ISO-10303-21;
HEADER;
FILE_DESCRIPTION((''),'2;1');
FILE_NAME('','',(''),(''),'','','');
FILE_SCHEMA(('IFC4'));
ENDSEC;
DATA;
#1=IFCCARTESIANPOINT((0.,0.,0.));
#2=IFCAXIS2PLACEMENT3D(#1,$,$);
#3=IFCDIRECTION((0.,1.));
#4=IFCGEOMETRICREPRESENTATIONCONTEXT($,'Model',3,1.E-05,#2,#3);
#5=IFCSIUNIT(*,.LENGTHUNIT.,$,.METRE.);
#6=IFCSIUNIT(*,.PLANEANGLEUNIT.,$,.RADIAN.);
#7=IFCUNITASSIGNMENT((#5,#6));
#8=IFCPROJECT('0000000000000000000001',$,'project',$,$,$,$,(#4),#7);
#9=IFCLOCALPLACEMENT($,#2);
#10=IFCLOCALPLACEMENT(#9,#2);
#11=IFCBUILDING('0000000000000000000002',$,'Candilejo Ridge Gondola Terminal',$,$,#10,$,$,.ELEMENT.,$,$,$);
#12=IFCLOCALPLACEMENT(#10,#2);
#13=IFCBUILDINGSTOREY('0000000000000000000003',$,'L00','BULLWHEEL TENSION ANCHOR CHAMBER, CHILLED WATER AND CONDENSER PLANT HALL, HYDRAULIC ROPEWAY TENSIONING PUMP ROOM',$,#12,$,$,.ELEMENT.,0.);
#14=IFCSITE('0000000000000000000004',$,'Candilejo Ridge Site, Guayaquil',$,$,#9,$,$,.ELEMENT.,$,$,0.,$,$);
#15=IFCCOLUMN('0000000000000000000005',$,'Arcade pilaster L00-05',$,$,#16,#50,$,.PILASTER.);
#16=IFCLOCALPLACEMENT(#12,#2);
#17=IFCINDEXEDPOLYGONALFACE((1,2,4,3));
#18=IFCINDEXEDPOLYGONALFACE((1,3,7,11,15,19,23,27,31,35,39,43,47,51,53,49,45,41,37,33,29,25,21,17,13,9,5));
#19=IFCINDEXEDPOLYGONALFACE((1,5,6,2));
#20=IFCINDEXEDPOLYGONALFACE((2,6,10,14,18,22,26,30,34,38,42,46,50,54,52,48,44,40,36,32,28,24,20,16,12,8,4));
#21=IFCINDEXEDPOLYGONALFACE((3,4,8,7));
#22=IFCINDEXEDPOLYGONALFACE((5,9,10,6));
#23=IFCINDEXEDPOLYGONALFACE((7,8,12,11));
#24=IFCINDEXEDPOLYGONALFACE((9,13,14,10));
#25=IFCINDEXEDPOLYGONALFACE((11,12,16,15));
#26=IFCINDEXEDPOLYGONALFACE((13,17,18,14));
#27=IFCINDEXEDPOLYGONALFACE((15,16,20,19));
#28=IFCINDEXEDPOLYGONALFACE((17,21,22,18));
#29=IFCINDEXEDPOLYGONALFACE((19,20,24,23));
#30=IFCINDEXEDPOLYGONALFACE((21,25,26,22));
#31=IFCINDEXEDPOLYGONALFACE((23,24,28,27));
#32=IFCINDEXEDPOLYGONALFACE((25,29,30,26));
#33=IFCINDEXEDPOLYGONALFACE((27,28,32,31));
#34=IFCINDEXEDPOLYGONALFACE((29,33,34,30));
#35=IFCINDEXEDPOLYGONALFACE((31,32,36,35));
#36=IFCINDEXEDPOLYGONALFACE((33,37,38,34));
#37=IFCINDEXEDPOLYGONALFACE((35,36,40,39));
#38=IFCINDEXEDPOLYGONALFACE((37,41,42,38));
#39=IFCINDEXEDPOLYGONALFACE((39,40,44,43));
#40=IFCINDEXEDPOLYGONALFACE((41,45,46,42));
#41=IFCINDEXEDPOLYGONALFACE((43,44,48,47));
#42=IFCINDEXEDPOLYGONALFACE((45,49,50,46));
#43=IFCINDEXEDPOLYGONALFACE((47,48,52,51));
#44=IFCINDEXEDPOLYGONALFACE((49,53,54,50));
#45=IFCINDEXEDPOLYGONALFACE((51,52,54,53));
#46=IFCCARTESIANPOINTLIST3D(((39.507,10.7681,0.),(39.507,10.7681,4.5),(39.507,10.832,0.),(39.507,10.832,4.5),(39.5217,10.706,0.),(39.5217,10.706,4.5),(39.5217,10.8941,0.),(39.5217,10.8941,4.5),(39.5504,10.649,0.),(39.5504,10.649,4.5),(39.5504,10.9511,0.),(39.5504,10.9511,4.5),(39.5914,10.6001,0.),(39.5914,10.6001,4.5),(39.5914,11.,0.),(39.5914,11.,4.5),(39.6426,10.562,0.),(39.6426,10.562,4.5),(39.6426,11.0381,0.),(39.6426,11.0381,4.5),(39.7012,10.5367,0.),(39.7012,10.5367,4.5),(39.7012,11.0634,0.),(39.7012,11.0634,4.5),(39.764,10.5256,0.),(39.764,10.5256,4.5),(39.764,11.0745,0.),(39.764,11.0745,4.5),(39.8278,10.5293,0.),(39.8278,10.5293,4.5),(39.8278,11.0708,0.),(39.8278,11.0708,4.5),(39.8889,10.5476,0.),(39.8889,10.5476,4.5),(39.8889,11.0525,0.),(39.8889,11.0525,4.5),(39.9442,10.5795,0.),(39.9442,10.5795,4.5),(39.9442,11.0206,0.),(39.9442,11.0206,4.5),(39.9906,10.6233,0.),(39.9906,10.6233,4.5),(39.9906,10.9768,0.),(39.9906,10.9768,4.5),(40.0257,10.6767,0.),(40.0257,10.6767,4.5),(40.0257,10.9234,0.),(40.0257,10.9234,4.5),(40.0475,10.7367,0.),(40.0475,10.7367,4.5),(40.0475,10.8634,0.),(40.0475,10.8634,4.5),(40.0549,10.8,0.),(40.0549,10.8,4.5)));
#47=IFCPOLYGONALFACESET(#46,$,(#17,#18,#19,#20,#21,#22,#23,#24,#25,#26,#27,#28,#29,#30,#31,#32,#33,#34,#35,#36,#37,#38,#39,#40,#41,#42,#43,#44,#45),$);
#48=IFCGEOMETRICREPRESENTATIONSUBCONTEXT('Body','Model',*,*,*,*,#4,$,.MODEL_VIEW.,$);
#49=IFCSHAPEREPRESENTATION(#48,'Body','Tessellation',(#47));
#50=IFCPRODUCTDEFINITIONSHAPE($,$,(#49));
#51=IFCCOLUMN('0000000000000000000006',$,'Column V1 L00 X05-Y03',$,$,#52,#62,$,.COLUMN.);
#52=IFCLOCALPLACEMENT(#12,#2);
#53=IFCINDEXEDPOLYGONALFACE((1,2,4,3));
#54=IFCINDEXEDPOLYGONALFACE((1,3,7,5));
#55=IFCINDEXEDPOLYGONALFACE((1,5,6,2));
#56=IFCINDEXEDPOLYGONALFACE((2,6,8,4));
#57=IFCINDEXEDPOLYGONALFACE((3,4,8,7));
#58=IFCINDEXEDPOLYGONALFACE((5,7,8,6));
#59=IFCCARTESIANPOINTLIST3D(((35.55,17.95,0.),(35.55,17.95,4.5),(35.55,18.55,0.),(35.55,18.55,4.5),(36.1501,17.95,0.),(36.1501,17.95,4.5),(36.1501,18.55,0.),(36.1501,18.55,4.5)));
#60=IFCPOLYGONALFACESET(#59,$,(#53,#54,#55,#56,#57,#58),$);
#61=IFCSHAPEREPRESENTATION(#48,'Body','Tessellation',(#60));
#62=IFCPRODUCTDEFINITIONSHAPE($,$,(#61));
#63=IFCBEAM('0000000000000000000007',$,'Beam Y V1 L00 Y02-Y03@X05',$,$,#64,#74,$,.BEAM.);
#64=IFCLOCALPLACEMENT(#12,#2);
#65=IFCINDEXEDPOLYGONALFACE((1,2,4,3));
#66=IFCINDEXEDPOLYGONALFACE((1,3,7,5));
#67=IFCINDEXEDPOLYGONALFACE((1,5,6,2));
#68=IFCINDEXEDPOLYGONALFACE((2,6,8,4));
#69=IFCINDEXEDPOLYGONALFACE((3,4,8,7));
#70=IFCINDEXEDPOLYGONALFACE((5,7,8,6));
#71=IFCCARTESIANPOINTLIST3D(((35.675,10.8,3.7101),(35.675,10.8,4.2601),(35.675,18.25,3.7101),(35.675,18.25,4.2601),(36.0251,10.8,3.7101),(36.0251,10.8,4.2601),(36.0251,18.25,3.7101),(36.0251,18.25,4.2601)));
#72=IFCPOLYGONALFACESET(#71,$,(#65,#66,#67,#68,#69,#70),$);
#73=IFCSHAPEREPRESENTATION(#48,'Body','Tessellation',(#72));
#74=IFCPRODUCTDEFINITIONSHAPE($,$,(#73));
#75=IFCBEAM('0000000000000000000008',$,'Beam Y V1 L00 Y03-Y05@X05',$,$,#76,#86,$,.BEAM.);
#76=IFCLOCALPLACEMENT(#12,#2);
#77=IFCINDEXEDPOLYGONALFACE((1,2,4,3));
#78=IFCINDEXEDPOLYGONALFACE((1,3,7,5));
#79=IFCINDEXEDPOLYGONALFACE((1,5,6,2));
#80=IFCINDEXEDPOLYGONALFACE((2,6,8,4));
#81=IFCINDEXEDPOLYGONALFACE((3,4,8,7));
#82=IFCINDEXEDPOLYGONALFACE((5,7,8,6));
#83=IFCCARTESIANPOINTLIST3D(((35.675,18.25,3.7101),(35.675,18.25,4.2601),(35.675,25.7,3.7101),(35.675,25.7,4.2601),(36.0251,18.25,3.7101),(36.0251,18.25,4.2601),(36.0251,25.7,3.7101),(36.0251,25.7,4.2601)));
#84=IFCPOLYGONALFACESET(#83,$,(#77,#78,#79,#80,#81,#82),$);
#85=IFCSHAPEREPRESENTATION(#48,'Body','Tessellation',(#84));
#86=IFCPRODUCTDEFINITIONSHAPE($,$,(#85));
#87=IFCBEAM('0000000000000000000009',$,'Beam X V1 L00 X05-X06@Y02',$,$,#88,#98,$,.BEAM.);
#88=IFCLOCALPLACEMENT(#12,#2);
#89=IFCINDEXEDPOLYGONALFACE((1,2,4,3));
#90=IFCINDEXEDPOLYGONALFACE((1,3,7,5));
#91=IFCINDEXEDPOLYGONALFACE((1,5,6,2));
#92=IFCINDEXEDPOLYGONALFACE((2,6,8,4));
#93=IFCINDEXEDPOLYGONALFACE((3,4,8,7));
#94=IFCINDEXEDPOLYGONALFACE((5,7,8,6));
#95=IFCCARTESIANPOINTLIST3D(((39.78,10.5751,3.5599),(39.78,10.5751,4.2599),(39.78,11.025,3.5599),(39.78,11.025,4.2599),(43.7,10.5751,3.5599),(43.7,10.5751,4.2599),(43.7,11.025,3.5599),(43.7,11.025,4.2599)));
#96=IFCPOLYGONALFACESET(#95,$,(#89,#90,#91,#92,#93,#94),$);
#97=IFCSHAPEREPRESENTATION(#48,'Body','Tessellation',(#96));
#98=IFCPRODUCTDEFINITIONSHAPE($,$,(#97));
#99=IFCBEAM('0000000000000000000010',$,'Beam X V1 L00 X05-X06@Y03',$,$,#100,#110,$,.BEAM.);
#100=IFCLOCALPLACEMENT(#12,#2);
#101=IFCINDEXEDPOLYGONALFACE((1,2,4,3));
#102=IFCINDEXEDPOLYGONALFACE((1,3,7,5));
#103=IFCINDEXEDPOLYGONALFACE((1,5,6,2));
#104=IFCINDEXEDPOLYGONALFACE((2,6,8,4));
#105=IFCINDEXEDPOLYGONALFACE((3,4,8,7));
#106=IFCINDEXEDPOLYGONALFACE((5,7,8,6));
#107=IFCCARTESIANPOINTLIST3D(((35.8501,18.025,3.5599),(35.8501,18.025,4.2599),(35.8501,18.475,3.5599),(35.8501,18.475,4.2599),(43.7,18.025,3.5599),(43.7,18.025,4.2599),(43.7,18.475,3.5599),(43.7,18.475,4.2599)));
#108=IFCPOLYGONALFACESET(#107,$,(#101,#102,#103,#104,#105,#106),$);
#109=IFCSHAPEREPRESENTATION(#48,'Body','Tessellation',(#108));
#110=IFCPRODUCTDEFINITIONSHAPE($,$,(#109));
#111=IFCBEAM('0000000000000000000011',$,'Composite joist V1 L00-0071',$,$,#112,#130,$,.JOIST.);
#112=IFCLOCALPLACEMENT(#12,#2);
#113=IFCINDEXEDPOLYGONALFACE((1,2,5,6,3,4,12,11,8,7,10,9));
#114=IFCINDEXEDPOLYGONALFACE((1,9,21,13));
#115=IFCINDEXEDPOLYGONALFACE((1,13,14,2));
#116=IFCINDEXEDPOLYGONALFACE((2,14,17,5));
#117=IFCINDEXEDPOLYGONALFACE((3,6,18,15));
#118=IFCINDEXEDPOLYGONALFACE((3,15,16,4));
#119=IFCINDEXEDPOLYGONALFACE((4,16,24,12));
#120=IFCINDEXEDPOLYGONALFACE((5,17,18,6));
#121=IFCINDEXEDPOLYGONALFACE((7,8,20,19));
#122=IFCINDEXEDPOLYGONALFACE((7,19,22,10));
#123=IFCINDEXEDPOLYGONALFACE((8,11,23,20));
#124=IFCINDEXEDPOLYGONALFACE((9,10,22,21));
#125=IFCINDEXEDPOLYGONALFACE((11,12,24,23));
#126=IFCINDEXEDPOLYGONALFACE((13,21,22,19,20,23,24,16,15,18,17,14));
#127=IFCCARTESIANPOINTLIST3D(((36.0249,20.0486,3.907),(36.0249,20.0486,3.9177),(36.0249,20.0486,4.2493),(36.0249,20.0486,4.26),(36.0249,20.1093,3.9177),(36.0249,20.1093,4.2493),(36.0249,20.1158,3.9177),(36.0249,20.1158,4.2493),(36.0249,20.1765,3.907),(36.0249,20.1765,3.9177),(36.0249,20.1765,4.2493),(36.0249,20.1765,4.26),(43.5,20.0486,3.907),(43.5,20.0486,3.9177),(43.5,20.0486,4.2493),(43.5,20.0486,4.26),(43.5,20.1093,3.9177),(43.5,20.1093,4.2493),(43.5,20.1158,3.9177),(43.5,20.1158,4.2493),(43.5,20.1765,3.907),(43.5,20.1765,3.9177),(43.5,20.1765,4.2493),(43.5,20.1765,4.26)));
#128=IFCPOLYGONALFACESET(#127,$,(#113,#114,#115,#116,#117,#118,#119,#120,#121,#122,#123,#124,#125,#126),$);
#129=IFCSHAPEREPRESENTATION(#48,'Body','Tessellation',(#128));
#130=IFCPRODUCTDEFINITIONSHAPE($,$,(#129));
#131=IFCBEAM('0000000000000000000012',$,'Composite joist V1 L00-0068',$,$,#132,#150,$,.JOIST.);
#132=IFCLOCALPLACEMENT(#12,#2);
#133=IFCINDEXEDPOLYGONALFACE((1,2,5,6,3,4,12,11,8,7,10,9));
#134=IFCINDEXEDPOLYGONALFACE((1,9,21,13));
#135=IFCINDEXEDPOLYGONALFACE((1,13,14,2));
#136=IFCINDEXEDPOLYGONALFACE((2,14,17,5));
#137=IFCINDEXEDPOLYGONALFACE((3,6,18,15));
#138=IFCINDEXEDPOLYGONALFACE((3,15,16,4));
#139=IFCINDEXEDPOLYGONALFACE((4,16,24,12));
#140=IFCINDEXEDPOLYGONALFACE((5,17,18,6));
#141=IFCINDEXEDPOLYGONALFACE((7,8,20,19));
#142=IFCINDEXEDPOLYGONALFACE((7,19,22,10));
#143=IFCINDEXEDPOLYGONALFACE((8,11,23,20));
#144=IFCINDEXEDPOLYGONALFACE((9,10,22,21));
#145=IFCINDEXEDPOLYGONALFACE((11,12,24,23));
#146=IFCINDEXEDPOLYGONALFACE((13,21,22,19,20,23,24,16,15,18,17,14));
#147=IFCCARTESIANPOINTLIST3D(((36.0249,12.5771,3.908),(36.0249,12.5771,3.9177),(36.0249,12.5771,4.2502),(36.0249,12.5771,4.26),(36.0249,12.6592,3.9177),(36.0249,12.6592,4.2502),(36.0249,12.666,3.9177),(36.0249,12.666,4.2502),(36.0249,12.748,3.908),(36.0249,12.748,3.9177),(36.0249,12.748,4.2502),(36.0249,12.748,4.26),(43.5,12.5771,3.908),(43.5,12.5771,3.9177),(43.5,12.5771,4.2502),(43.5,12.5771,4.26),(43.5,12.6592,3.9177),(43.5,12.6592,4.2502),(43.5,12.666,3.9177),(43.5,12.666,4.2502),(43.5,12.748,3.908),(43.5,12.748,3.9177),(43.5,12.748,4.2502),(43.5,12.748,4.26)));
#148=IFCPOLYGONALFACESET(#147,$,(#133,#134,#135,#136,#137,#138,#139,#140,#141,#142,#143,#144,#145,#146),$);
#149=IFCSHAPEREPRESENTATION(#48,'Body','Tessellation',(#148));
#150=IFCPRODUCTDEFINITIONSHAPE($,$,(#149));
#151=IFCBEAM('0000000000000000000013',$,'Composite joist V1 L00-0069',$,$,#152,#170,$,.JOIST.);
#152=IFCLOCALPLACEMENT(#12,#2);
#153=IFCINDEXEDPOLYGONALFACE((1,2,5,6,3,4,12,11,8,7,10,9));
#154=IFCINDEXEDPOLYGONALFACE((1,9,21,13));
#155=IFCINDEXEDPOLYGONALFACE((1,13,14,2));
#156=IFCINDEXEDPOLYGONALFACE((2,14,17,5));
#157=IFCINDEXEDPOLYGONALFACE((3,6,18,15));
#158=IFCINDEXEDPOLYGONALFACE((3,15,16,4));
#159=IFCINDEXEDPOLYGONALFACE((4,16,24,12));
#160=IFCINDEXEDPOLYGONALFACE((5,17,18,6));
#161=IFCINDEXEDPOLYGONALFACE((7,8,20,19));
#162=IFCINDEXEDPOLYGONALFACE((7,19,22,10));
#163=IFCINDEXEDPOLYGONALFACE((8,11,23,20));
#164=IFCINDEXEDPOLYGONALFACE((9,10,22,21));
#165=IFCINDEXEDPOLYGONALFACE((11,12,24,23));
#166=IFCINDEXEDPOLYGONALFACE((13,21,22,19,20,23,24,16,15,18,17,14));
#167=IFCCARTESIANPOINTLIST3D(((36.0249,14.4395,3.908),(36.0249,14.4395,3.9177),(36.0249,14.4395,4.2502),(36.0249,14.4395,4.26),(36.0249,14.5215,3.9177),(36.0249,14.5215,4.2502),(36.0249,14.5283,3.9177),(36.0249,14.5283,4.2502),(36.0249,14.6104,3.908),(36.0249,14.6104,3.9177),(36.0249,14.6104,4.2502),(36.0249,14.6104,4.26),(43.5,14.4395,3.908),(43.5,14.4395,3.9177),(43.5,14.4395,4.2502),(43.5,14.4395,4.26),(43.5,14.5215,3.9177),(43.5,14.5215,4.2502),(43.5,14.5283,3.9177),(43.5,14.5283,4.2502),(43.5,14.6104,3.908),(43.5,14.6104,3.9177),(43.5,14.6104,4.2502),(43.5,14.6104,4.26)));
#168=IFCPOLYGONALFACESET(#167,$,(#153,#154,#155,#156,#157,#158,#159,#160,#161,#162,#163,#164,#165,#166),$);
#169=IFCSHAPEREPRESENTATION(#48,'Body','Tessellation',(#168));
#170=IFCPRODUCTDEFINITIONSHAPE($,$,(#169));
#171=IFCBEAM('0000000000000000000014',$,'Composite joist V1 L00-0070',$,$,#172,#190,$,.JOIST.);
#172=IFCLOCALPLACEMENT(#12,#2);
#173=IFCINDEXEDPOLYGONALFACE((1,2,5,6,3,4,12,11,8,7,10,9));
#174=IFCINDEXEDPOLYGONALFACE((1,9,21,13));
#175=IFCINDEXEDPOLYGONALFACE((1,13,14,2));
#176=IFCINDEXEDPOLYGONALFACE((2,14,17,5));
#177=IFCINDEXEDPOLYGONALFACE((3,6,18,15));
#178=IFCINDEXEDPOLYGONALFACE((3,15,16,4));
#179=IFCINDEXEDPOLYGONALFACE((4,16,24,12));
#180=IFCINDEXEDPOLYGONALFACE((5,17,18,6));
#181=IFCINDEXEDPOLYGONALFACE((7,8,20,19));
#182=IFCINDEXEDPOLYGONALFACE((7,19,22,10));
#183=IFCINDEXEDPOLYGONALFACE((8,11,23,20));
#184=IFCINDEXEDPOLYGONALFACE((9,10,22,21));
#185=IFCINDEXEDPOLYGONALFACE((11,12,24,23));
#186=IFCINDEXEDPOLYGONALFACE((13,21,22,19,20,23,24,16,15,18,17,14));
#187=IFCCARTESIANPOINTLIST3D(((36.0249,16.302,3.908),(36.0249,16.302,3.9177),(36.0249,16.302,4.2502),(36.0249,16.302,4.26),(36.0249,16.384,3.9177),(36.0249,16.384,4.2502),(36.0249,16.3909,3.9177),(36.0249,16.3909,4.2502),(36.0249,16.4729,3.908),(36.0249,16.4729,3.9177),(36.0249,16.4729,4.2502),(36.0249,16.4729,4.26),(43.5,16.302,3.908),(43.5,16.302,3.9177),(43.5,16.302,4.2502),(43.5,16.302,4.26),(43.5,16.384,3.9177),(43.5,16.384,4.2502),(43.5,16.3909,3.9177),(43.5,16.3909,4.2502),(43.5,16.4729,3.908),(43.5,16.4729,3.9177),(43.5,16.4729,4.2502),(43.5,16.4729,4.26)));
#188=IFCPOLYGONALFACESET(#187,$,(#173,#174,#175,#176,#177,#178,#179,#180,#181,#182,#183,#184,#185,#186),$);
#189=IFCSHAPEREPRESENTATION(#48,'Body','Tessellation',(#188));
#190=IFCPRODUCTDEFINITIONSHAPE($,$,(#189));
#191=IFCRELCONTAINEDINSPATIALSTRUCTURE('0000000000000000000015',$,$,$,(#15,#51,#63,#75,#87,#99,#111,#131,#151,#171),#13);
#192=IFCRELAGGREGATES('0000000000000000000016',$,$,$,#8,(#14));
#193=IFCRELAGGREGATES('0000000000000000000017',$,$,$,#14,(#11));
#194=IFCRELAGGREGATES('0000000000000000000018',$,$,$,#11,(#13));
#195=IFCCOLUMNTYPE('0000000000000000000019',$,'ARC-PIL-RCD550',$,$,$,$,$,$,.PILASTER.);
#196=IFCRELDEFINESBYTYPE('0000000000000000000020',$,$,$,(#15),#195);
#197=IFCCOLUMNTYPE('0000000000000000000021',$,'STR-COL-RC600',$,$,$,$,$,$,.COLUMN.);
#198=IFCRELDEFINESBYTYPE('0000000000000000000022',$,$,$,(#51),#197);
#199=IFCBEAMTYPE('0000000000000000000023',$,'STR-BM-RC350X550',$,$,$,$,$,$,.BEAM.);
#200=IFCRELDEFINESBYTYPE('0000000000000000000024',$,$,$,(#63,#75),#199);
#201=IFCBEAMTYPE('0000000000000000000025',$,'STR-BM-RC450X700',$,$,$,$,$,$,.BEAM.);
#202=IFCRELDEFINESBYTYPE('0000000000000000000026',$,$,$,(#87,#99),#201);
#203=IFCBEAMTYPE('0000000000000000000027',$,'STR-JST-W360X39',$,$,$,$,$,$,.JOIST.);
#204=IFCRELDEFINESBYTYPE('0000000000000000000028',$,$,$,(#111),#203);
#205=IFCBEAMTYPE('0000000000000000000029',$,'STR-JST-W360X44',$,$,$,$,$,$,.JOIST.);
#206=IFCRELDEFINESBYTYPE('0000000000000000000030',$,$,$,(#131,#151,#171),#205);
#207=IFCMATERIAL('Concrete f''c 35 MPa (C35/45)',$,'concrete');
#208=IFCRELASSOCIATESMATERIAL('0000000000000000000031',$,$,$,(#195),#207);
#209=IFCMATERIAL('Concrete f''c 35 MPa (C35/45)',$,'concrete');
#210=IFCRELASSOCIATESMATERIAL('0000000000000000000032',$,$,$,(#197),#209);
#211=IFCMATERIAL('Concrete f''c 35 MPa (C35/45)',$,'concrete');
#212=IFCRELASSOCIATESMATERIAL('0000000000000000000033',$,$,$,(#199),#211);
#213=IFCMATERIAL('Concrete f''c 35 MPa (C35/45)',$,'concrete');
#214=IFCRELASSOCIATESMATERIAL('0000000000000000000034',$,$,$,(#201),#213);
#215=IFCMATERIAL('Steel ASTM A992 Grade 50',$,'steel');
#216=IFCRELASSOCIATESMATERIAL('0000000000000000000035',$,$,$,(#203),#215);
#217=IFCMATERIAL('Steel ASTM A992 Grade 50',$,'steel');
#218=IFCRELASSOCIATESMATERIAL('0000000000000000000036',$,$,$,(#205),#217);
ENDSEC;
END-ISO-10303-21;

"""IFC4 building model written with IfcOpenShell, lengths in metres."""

from ifc_helpers import new_model, si_unit, direction, frame, origin, origin_2d, place, context, subcontext, project, spatial, rectangle, circle, i_section, extrude, material, material_profile, profile_set, type_object, element, save


model = new_model("IFC4")

# Units and contexts
model_context = context("Model", 3, precision=1e-05, world=origin(), true_north=direction((0.0, 1.0)))
body_context = subcontext(model_context, "Body", "Model", "MODEL_VIEW")
ifc_project = project(units=[si_unit("LENGTHUNIT", "METRE"), si_unit("PLANEANGLEUNIT", "RADIAN")], contexts=[model_context])

# Site, building, storey
site_placement = place(None, origin())
site = spatial("IfcSite", under=ifc_project, at=site_placement, Name="Candilejo Ridge Site, Guayaquil", CompositionType="ELEMENT", RefElevation=0.0)
building_placement = place(site_placement, origin())
building = spatial("IfcBuilding", under=site, at=building_placement, Name="Candilejo Ridge Gondola Terminal", CompositionType="ELEMENT")
storey_placement = place(building_placement, origin())
storey = spatial("IfcBuildingStorey", under=building, at=storey_placement, Name="L00", Description="BULLWHEEL TENSION ANCHOR CHAMBER, CHILLED WATER AND CONDENSER PLANT HALL, HYDRAULIC ROPEWAY TENSIONING PUMP ROOM", CompositionType="ELEMENT", Elevation=0.0)

# Columns
ifc_material_1 = material(Name="Concrete f'c 35 MPa (C35/45)", Category="concrete")
ifc_material_profile_1 = material_profile(ifc_material_1, circle(Radius=0.2749, at=origin_2d()))
ifc_profile_set_1 = profile_set([ifc_material_profile_1], Name="Concrete f'c 35 MPa (C35/45)")
column_type_1 = type_object("IfcColumnType", Name="ARC-PIL-RCD550", PredefinedType="PILASTER", material=ifc_profile_set_1)
column_1_placement = place(storey_placement, frame((39.78, 10.8, 0.0), z_axis=(0.0, 0.0, 1.0), x_axis=(1.0, 0.0, 0.0)))
element("IfcColumn", 1, at=column_1_placement, inside=storey, type_object=column_type_1, Name="Arcade pilaster L00-05", PredefinedType="PILASTER", context=body_context, shape_type="SweptSolid", body=[
    extrude(circle(Radius=0.2749, at=origin_2d()), origin(), (0.0, 0.0, 1.0), 4.5),
])
ifc_material_2 = material(Name="Concrete f'c 35 MPa (C35/45)", Category="concrete")
ifc_material_profile_2 = material_profile(ifc_material_2, rectangle(XDim=0.6001, YDim=0.6001, at=origin_2d()))
ifc_profile_set_2 = profile_set([ifc_material_profile_2], Name="Concrete f'c 35 MPa (C35/45)")
column_type_2 = type_object("IfcColumnType", Name="STR-COL-RC600", PredefinedType="COLUMN", material=ifc_profile_set_2)
column_2_placement = place(storey_placement, frame((35.8501, 18.25, 0.0), z_axis=(0.0, 0.0, 1.0), x_axis=(1.0, 0.0, 0.0)))
element("IfcColumn", 2, at=column_2_placement, inside=storey, type_object=column_type_2, Name="Column V1 L00 X05-Y03", PredefinedType="COLUMN", context=body_context, shape_type="SweptSolid", body=[
    extrude(rectangle(XDim=0.6001, YDim=0.6001, at=origin_2d()), origin(), (0.0, 0.0, 1.0), 4.5),
])

# Beams
ifc_material_3 = material(Name="Concrete f'c 35 MPa (C35/45)", Category="concrete")
ifc_material_profile_3 = material_profile(ifc_material_3, rectangle(XDim=0.3501, YDim=0.55, at=origin_2d()))
ifc_profile_set_3 = profile_set([ifc_material_profile_3], Name="Concrete f'c 35 MPa (C35/45)")
beam_type_1 = type_object("IfcBeamType", Name="STR-BM-RC350X550", PredefinedType="BEAM", material=ifc_profile_set_3)
for number, where, z_axis, x_axis, name in (
    (3, (35.8501, 10.8, 3.9851), (0.0, 1.0, 0.0), (-1.0, 0.0, 0.0), "Beam Y V1 L00 Y02-Y03@X05"),
    (4, (35.8501, 18.25, 3.9851), (0.0, 1.0, 0.0), (-1.0, 0.0, 0.0), "Beam Y V1 L00 Y03-Y05@X05"),
):
    element("IfcBeam", number, at=place(storey_placement, frame(where, z_axis=z_axis, x_axis=x_axis)), inside=storey, type_object=beam_type_1, Name=name, PredefinedType="BEAM", context=body_context, shape_type="SweptSolid", body=[
        extrude(rectangle(XDim=0.3501, YDim=0.55, at=origin_2d()), origin(), (0.0, 0.0, 1.0), 7.45),
    ])
ifc_material_4 = material(Name="Concrete f'c 35 MPa (C35/45)", Category="concrete")
ifc_material_profile_4 = material_profile(ifc_material_4, rectangle(XDim=0.45, YDim=0.7, at=origin_2d()))
ifc_profile_set_4 = profile_set([ifc_material_profile_4], Name="Concrete f'c 35 MPa (C35/45)")
beam_type_2 = type_object("IfcBeamType", Name="STR-BM-RC450X700", PredefinedType="BEAM", material=ifc_profile_set_4)
beam_1_placement = place(storey_placement, frame((39.78, 10.8, 3.9099), z_axis=(1.0, 0.0, 0.0), x_axis=(0.0, 1.0, 0.0)))
element("IfcBeam", 5, at=beam_1_placement, inside=storey, type_object=beam_type_2, Name="Beam X V1 L00 X05-X06@Y02", PredefinedType="BEAM", context=body_context, shape_type="SweptSolid", body=[
    extrude(rectangle(XDim=0.45, YDim=0.7, at=origin_2d()), origin(), (0.0, 0.0, 1.0), 3.9199),
])
beam_2_placement = place(storey_placement, frame((35.8501, 18.25, 3.9099), z_axis=(1.0, 0.0, 0.0), x_axis=(0.0, 1.0, 0.0)))
element("IfcBeam", 6, at=beam_2_placement, inside=storey, type_object=beam_type_2, Name="Beam X V1 L00 X05-X06@Y03", PredefinedType="BEAM", context=body_context, shape_type="SweptSolid", body=[
    extrude(rectangle(XDim=0.45, YDim=0.7, at=origin_2d()), origin(), (0.0, 0.0, 1.0), 7.8499),
])
ifc_material_5 = material(Name="Steel ASTM A992 Grade 50", Category="steel")
ifc_material_profile_5 = material_profile(ifc_material_5, i_section(OverallWidth=0.1279, OverallDepth=0.353, WebThickness=0.0066, FlangeThickness=0.0107, at=origin_2d()))
ifc_profile_set_5 = profile_set([ifc_material_profile_5], Name="Steel ASTM A992 Grade 50")
beam_type_3 = type_object("IfcBeamType", Name="STR-JST-W360X39", PredefinedType="JOIST", material=ifc_profile_set_5)
beam_3_placement = place(storey_placement, frame((36.0249, 20.1125, 4.0835), z_axis=(1.0, 0.0, 0.0), x_axis=(0.0, 1.0, 0.0)))
element("IfcBeam", 7, at=beam_3_placement, inside=storey, type_object=beam_type_3, Name="Composite joist V1 L00-0071", PredefinedType="JOIST", context=body_context, shape_type="SweptSolid", body=[
    extrude(i_section(OverallWidth=0.1279, OverallDepth=0.353, WebThickness=0.0066, FlangeThickness=0.0107, at=origin_2d()), origin(), (0.0, 0.0, 1.0), 7.4751),
])
ifc_material_6 = material(Name="Steel ASTM A992 Grade 50", Category="steel")
ifc_material_profile_6 = material_profile(ifc_material_6, i_section(OverallWidth=0.1709, OverallDepth=0.3521, WebThickness=0.0068, FlangeThickness=0.0098, at=origin_2d()))
ifc_profile_set_6 = profile_set([ifc_material_profile_6], Name="Steel ASTM A992 Grade 50")
beam_type_4 = type_object("IfcBeamType", Name="STR-JST-W360X44", PredefinedType="JOIST", material=ifc_profile_set_6)
for number, where, z_axis, x_axis, name in (
    (8, (36.0249, 12.6626, 4.084), (1.0, 0.0, 0.0), (0.0, 1.0, 0.0), "Composite joist V1 L00-0068"),
    (9, (36.0249, 14.5249, 4.084), (1.0, 0.0, 0.0), (0.0, 1.0, 0.0), "Composite joist V1 L00-0069"),
    (10, (36.0249, 16.3875, 4.084), (1.0, 0.0, 0.0), (0.0, 1.0, 0.0), "Composite joist V1 L00-0070"),
):
    element("IfcBeam", number, at=place(storey_placement, frame(where, z_axis=z_axis, x_axis=x_axis)), inside=storey, type_object=beam_type_4, Name=name, PredefinedType="JOIST", context=body_context, shape_type="SweptSolid", body=[
        extrude(i_section(OverallWidth=0.1709, OverallDepth=0.3521, WebThickness=0.0068, FlangeThickness=0.0098, at=origin_2d()), origin(), (0.0, 0.0, 1.0), 7.4751),
    ])

save(model, "model.ifc")
